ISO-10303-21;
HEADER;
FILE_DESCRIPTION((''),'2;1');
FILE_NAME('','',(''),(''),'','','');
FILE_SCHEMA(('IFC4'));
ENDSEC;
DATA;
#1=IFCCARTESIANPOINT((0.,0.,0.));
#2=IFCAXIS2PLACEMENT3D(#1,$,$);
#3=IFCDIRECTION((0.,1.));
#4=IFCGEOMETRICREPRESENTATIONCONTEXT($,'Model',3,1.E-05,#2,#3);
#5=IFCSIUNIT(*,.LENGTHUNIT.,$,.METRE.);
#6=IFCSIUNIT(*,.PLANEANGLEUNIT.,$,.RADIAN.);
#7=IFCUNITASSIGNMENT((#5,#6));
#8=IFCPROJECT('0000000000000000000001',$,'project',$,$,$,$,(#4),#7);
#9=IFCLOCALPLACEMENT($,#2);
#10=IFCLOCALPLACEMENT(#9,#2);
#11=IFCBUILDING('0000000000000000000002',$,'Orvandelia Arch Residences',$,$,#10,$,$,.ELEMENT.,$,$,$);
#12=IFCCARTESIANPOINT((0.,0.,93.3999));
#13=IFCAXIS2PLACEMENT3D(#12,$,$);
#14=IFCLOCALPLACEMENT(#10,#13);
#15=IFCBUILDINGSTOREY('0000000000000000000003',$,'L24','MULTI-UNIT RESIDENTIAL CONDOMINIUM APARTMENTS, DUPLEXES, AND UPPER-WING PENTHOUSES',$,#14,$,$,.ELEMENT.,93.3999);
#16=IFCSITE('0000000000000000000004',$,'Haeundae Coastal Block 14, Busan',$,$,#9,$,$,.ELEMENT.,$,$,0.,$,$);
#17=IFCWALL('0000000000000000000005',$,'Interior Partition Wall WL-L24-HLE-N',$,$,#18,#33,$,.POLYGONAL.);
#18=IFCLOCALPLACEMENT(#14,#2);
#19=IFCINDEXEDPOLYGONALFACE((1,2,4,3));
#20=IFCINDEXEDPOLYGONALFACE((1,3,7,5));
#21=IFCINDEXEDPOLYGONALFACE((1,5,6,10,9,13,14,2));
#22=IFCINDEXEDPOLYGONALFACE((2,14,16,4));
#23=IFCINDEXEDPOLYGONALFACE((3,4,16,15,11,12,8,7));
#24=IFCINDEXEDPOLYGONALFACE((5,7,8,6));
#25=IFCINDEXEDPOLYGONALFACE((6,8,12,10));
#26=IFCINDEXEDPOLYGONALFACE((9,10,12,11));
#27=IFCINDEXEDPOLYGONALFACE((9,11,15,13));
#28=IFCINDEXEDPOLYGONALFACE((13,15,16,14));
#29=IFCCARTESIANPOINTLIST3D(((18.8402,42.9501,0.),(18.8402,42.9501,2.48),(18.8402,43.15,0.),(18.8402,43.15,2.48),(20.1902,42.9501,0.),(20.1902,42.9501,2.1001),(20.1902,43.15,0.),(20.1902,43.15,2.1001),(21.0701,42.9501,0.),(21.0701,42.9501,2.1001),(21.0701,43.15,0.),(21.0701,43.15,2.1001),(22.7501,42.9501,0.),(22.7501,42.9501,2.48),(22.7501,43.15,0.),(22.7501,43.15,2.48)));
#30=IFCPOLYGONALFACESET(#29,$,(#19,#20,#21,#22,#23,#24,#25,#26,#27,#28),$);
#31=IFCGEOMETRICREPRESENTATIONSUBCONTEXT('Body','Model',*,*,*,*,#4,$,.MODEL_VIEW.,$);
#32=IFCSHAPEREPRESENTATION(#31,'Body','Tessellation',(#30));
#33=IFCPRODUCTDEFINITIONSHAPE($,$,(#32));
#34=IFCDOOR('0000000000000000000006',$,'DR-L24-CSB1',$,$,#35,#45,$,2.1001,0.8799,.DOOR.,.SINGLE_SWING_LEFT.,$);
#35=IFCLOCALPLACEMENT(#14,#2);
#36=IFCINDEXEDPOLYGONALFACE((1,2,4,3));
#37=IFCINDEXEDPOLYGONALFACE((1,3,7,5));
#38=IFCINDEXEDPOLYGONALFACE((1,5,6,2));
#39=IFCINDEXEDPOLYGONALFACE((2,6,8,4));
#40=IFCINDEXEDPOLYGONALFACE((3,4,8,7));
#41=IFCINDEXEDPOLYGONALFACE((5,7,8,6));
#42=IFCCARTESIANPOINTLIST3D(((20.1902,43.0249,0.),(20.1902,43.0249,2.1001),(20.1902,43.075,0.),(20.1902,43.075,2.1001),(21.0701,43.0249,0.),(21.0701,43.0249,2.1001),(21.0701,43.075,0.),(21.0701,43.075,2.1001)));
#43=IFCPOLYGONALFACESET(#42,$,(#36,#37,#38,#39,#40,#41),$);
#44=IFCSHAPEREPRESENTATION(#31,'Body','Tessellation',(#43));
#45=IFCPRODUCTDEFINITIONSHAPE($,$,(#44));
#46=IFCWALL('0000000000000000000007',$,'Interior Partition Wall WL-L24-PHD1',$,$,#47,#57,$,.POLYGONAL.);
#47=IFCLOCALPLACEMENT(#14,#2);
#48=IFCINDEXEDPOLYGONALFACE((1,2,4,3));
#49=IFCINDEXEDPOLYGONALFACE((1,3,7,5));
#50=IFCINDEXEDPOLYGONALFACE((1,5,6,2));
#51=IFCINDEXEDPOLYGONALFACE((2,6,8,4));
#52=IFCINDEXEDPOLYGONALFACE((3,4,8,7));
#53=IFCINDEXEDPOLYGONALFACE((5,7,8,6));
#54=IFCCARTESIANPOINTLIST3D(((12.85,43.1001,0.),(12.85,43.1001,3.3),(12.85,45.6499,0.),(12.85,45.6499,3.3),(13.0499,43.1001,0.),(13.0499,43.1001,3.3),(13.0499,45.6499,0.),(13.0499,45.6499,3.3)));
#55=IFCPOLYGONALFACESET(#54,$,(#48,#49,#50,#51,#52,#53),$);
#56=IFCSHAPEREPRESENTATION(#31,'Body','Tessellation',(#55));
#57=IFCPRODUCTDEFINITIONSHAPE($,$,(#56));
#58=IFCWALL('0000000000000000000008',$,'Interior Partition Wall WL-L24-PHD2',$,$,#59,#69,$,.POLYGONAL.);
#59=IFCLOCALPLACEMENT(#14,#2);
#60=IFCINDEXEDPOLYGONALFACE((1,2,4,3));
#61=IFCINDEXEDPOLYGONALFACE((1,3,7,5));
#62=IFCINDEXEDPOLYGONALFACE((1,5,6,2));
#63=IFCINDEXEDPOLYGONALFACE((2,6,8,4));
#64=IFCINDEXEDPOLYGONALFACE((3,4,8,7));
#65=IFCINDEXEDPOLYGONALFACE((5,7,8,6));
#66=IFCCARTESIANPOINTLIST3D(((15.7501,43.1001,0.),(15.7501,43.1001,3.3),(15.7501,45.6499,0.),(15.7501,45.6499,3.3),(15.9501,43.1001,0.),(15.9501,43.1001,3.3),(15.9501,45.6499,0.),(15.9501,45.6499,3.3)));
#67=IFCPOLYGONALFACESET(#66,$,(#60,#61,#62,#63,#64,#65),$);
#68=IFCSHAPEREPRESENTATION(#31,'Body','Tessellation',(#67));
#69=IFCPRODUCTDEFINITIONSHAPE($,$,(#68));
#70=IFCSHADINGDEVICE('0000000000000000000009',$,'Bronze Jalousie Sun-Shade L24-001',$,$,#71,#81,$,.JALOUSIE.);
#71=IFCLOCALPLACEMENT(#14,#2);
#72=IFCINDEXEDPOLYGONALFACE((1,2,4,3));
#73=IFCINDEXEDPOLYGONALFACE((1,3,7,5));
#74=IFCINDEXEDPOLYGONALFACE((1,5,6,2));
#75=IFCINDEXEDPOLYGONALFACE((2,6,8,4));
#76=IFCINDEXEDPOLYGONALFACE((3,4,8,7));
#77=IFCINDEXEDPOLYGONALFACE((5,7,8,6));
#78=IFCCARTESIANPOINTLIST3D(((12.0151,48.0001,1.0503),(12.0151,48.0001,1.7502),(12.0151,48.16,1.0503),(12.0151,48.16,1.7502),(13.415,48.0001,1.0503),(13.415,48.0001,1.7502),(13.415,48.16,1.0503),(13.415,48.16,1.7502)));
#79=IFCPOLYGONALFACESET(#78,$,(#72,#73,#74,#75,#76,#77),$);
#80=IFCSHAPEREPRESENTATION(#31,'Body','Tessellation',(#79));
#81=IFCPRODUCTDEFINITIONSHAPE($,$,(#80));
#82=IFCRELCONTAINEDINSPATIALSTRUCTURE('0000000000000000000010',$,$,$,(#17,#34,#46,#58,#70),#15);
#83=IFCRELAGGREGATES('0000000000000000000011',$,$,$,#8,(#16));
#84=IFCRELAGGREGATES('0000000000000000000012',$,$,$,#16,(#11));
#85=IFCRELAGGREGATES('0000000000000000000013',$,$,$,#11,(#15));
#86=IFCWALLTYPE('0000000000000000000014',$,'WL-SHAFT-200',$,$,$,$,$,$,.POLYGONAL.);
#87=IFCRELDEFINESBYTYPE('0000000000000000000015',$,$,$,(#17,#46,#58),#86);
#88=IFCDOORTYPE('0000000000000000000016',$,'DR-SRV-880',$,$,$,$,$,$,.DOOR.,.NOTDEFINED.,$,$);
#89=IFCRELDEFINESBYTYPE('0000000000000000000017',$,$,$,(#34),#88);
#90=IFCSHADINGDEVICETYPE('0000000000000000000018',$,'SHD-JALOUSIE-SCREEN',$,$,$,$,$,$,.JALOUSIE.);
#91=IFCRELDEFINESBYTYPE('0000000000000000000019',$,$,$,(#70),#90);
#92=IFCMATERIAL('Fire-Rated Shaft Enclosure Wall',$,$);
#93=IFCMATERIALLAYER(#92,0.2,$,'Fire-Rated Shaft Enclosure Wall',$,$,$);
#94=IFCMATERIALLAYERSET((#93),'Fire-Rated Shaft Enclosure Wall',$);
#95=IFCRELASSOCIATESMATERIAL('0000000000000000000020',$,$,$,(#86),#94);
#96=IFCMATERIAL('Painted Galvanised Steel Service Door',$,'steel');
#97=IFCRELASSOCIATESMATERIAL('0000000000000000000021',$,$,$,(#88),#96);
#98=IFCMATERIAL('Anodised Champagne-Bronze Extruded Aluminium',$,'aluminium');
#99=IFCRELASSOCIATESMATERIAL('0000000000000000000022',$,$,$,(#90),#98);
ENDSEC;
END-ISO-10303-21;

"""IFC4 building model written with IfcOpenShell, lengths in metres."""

from ifc_helpers import new_model, si_unit, direction, frame, frame_2d, origin, origin_2d, place, context, subcontext, project, spatial, rectangle, extrude, material, layer, layer_set, type_object, element, fill, save


model = new_model("IFC4")

# Units and contexts
model_context = context("Model", 3, precision=1e-05, world=origin(), true_north=direction((0.0, 1.0)))
body_context = subcontext(model_context, "Body", "Model", "MODEL_VIEW")
ifc_project = project(units=[si_unit("LENGTHUNIT", "METRE"), si_unit("PLANEANGLEUNIT", "RADIAN")], contexts=[model_context])

# Site, building, storey
site_placement = place(None, origin())
site = spatial("IfcSite", under=ifc_project, at=site_placement, Name="Haeundae Coastal Block 14, Busan", CompositionType="ELEMENT", RefElevation=0.0)
building_placement = place(site_placement, origin())
building = spatial("IfcBuilding", under=site, at=building_placement, Name="Orvandelia Arch Residences", CompositionType="ELEMENT")
storey_placement = place(building_placement, frame((0.0, 0.0, 93.3999)))
storey = spatial("IfcBuildingStorey", under=building, at=storey_placement, Name="L24", Description="MULTI-UNIT RESIDENTIAL CONDOMINIUM APARTMENTS, DUPLEXES, AND UPPER-WING PENTHOUSES", CompositionType="ELEMENT", Elevation=93.3999)

# Shared definitions
ifc_material_1 = material(Name="Fire-Rated Shaft Enclosure Wall")
ifc_layer_1 = layer(ifc_material_1, 0.2, Name="Fire-Rated Shaft Enclosure Wall")
ifc_layer_set_1 = layer_set([ifc_layer_1], Name="Fire-Rated Shaft Enclosure Wall")
wall_type_1 = type_object("IfcWallType", Name="WL-SHAFT-200", PredefinedType="POLYGONAL", material=ifc_layer_set_1)

# Shared definitions
ifc_material_2 = material(Name="Painted Galvanised Steel Service Door", Category="steel")
door_type_1 = type_object("IfcDoorType", Name="DR-SRV-880", OperationType="NOTDEFINED", PredefinedType="DOOR", material=ifc_material_2)

# Wall, opening, door
wall_1_placement = place(storey_placement, frame((18.8401, 43.05, 0.0), z_axis=(0.0, 0.0, 1.0), x_axis=(1.0, 0.0, 0.0)))
wall_1 = element("IfcWall", 1, at=wall_1_placement, inside=storey, type_object=wall_type_1, Name="Interior Partition Wall WL-L24-HLE-N", PredefinedType="POLYGONAL", context=body_context, shape_type="SweptSolid", body=[
    extrude(rectangle(XDim=3.9099, YDim=0.2, at=frame_2d((1.9551, 0.0))), origin(), (0.0, 0.0, 1.0), 2.48),
])
opening_1_placement = place(wall_1_placement, frame((1.3501, 0.0, 0.0)))
opening_1 = element("IfcOpeningElement", 2, at=opening_1_placement, cuts=wall_1, PredefinedType="OPENING", context=body_context, shape_type="SweptSolid", body=[
    extrude(rectangle(XDim=0.8799, YDim=2.1001, at=frame_2d((0.4399, 1.05))), frame((0.0, 0.1099, 0.0), z_axis=(0.0, -1.0, 0.0), x_axis=(1.0, 0.0, 0.0)), (0.0, 0.0, 1.0), 0.22),
])
door_1_placement = place(opening_1_placement, origin())
door_1 = element("IfcDoor", 3, at=door_1_placement, inside=storey, type_object=door_type_1, Name="DR-L24-CSB1", OperationType="SINGLE_SWING_LEFT", OverallHeight=2.1001, OverallWidth=0.8799, PredefinedType="DOOR", context=body_context, shape_type="SweptSolid", body=[
    extrude(rectangle(XDim=0.8799, YDim=2.1001, at=frame_2d((0.4399, 1.05))), frame((0.0, 0.0249, 0.0), z_axis=(0.0, -1.0, 0.0), x_axis=(1.0, 0.0, 0.0)), (0.0, 0.0, 1.0), 0.05),
])
fill(opening_1, door_1)

# Walls
for number, where, z_axis, x_axis, name in (
    (4, (12.95, 43.1001, 0.0), (0.0, 0.0, 1.0), (0.0, 1.0, 0.0), "Interior Partition Wall WL-L24-PHD1"),
    (5, (15.8501, 43.1001, 0.0), (0.0, 0.0, 1.0), (0.0, 1.0, 0.0), "Interior Partition Wall WL-L24-PHD2"),
):
    element("IfcWall", number, at=place(storey_placement, frame(where, z_axis=z_axis, x_axis=x_axis)), inside=storey, type_object=wall_type_1, Name=name, PredefinedType="POLYGONAL", context=body_context, shape_type="SweptSolid", body=[
        extrude(rectangle(XDim=2.5498, YDim=0.2, at=frame_2d((1.2749, 0.0))), origin(), (0.0, 0.0, 1.0), 3.3),
    ])

# Shading device
ifc_material_3 = material(Name="Anodised Champagne-Bronze Extruded Aluminium", Category="aluminium")
shading_device_type = type_object("IfcShadingDeviceType", Name="SHD-JALOUSIE-SCREEN", PredefinedType="JALOUSIE", material=ifc_material_3)
shading_device_placement = place(storey_placement, frame((12.7151, 48.0801, 1.0503), z_axis=(0.0, 0.0, 1.0), x_axis=(1.0, 0.0, 0.0)))
element("IfcShadingDevice", 6, at=shading_device_placement, inside=storey, type_object=shading_device_type, Name="Bronze Jalousie Sun-Shade L24-001", PredefinedType="JALOUSIE", context=body_context, shape_type="SweptSolid", body=[
    extrude(rectangle(XDim=1.3999, YDim=0.1599, at=origin_2d()), origin(), (0.0, 0.0, 1.0), 0.7),
])

save(model, "model.ifc")
